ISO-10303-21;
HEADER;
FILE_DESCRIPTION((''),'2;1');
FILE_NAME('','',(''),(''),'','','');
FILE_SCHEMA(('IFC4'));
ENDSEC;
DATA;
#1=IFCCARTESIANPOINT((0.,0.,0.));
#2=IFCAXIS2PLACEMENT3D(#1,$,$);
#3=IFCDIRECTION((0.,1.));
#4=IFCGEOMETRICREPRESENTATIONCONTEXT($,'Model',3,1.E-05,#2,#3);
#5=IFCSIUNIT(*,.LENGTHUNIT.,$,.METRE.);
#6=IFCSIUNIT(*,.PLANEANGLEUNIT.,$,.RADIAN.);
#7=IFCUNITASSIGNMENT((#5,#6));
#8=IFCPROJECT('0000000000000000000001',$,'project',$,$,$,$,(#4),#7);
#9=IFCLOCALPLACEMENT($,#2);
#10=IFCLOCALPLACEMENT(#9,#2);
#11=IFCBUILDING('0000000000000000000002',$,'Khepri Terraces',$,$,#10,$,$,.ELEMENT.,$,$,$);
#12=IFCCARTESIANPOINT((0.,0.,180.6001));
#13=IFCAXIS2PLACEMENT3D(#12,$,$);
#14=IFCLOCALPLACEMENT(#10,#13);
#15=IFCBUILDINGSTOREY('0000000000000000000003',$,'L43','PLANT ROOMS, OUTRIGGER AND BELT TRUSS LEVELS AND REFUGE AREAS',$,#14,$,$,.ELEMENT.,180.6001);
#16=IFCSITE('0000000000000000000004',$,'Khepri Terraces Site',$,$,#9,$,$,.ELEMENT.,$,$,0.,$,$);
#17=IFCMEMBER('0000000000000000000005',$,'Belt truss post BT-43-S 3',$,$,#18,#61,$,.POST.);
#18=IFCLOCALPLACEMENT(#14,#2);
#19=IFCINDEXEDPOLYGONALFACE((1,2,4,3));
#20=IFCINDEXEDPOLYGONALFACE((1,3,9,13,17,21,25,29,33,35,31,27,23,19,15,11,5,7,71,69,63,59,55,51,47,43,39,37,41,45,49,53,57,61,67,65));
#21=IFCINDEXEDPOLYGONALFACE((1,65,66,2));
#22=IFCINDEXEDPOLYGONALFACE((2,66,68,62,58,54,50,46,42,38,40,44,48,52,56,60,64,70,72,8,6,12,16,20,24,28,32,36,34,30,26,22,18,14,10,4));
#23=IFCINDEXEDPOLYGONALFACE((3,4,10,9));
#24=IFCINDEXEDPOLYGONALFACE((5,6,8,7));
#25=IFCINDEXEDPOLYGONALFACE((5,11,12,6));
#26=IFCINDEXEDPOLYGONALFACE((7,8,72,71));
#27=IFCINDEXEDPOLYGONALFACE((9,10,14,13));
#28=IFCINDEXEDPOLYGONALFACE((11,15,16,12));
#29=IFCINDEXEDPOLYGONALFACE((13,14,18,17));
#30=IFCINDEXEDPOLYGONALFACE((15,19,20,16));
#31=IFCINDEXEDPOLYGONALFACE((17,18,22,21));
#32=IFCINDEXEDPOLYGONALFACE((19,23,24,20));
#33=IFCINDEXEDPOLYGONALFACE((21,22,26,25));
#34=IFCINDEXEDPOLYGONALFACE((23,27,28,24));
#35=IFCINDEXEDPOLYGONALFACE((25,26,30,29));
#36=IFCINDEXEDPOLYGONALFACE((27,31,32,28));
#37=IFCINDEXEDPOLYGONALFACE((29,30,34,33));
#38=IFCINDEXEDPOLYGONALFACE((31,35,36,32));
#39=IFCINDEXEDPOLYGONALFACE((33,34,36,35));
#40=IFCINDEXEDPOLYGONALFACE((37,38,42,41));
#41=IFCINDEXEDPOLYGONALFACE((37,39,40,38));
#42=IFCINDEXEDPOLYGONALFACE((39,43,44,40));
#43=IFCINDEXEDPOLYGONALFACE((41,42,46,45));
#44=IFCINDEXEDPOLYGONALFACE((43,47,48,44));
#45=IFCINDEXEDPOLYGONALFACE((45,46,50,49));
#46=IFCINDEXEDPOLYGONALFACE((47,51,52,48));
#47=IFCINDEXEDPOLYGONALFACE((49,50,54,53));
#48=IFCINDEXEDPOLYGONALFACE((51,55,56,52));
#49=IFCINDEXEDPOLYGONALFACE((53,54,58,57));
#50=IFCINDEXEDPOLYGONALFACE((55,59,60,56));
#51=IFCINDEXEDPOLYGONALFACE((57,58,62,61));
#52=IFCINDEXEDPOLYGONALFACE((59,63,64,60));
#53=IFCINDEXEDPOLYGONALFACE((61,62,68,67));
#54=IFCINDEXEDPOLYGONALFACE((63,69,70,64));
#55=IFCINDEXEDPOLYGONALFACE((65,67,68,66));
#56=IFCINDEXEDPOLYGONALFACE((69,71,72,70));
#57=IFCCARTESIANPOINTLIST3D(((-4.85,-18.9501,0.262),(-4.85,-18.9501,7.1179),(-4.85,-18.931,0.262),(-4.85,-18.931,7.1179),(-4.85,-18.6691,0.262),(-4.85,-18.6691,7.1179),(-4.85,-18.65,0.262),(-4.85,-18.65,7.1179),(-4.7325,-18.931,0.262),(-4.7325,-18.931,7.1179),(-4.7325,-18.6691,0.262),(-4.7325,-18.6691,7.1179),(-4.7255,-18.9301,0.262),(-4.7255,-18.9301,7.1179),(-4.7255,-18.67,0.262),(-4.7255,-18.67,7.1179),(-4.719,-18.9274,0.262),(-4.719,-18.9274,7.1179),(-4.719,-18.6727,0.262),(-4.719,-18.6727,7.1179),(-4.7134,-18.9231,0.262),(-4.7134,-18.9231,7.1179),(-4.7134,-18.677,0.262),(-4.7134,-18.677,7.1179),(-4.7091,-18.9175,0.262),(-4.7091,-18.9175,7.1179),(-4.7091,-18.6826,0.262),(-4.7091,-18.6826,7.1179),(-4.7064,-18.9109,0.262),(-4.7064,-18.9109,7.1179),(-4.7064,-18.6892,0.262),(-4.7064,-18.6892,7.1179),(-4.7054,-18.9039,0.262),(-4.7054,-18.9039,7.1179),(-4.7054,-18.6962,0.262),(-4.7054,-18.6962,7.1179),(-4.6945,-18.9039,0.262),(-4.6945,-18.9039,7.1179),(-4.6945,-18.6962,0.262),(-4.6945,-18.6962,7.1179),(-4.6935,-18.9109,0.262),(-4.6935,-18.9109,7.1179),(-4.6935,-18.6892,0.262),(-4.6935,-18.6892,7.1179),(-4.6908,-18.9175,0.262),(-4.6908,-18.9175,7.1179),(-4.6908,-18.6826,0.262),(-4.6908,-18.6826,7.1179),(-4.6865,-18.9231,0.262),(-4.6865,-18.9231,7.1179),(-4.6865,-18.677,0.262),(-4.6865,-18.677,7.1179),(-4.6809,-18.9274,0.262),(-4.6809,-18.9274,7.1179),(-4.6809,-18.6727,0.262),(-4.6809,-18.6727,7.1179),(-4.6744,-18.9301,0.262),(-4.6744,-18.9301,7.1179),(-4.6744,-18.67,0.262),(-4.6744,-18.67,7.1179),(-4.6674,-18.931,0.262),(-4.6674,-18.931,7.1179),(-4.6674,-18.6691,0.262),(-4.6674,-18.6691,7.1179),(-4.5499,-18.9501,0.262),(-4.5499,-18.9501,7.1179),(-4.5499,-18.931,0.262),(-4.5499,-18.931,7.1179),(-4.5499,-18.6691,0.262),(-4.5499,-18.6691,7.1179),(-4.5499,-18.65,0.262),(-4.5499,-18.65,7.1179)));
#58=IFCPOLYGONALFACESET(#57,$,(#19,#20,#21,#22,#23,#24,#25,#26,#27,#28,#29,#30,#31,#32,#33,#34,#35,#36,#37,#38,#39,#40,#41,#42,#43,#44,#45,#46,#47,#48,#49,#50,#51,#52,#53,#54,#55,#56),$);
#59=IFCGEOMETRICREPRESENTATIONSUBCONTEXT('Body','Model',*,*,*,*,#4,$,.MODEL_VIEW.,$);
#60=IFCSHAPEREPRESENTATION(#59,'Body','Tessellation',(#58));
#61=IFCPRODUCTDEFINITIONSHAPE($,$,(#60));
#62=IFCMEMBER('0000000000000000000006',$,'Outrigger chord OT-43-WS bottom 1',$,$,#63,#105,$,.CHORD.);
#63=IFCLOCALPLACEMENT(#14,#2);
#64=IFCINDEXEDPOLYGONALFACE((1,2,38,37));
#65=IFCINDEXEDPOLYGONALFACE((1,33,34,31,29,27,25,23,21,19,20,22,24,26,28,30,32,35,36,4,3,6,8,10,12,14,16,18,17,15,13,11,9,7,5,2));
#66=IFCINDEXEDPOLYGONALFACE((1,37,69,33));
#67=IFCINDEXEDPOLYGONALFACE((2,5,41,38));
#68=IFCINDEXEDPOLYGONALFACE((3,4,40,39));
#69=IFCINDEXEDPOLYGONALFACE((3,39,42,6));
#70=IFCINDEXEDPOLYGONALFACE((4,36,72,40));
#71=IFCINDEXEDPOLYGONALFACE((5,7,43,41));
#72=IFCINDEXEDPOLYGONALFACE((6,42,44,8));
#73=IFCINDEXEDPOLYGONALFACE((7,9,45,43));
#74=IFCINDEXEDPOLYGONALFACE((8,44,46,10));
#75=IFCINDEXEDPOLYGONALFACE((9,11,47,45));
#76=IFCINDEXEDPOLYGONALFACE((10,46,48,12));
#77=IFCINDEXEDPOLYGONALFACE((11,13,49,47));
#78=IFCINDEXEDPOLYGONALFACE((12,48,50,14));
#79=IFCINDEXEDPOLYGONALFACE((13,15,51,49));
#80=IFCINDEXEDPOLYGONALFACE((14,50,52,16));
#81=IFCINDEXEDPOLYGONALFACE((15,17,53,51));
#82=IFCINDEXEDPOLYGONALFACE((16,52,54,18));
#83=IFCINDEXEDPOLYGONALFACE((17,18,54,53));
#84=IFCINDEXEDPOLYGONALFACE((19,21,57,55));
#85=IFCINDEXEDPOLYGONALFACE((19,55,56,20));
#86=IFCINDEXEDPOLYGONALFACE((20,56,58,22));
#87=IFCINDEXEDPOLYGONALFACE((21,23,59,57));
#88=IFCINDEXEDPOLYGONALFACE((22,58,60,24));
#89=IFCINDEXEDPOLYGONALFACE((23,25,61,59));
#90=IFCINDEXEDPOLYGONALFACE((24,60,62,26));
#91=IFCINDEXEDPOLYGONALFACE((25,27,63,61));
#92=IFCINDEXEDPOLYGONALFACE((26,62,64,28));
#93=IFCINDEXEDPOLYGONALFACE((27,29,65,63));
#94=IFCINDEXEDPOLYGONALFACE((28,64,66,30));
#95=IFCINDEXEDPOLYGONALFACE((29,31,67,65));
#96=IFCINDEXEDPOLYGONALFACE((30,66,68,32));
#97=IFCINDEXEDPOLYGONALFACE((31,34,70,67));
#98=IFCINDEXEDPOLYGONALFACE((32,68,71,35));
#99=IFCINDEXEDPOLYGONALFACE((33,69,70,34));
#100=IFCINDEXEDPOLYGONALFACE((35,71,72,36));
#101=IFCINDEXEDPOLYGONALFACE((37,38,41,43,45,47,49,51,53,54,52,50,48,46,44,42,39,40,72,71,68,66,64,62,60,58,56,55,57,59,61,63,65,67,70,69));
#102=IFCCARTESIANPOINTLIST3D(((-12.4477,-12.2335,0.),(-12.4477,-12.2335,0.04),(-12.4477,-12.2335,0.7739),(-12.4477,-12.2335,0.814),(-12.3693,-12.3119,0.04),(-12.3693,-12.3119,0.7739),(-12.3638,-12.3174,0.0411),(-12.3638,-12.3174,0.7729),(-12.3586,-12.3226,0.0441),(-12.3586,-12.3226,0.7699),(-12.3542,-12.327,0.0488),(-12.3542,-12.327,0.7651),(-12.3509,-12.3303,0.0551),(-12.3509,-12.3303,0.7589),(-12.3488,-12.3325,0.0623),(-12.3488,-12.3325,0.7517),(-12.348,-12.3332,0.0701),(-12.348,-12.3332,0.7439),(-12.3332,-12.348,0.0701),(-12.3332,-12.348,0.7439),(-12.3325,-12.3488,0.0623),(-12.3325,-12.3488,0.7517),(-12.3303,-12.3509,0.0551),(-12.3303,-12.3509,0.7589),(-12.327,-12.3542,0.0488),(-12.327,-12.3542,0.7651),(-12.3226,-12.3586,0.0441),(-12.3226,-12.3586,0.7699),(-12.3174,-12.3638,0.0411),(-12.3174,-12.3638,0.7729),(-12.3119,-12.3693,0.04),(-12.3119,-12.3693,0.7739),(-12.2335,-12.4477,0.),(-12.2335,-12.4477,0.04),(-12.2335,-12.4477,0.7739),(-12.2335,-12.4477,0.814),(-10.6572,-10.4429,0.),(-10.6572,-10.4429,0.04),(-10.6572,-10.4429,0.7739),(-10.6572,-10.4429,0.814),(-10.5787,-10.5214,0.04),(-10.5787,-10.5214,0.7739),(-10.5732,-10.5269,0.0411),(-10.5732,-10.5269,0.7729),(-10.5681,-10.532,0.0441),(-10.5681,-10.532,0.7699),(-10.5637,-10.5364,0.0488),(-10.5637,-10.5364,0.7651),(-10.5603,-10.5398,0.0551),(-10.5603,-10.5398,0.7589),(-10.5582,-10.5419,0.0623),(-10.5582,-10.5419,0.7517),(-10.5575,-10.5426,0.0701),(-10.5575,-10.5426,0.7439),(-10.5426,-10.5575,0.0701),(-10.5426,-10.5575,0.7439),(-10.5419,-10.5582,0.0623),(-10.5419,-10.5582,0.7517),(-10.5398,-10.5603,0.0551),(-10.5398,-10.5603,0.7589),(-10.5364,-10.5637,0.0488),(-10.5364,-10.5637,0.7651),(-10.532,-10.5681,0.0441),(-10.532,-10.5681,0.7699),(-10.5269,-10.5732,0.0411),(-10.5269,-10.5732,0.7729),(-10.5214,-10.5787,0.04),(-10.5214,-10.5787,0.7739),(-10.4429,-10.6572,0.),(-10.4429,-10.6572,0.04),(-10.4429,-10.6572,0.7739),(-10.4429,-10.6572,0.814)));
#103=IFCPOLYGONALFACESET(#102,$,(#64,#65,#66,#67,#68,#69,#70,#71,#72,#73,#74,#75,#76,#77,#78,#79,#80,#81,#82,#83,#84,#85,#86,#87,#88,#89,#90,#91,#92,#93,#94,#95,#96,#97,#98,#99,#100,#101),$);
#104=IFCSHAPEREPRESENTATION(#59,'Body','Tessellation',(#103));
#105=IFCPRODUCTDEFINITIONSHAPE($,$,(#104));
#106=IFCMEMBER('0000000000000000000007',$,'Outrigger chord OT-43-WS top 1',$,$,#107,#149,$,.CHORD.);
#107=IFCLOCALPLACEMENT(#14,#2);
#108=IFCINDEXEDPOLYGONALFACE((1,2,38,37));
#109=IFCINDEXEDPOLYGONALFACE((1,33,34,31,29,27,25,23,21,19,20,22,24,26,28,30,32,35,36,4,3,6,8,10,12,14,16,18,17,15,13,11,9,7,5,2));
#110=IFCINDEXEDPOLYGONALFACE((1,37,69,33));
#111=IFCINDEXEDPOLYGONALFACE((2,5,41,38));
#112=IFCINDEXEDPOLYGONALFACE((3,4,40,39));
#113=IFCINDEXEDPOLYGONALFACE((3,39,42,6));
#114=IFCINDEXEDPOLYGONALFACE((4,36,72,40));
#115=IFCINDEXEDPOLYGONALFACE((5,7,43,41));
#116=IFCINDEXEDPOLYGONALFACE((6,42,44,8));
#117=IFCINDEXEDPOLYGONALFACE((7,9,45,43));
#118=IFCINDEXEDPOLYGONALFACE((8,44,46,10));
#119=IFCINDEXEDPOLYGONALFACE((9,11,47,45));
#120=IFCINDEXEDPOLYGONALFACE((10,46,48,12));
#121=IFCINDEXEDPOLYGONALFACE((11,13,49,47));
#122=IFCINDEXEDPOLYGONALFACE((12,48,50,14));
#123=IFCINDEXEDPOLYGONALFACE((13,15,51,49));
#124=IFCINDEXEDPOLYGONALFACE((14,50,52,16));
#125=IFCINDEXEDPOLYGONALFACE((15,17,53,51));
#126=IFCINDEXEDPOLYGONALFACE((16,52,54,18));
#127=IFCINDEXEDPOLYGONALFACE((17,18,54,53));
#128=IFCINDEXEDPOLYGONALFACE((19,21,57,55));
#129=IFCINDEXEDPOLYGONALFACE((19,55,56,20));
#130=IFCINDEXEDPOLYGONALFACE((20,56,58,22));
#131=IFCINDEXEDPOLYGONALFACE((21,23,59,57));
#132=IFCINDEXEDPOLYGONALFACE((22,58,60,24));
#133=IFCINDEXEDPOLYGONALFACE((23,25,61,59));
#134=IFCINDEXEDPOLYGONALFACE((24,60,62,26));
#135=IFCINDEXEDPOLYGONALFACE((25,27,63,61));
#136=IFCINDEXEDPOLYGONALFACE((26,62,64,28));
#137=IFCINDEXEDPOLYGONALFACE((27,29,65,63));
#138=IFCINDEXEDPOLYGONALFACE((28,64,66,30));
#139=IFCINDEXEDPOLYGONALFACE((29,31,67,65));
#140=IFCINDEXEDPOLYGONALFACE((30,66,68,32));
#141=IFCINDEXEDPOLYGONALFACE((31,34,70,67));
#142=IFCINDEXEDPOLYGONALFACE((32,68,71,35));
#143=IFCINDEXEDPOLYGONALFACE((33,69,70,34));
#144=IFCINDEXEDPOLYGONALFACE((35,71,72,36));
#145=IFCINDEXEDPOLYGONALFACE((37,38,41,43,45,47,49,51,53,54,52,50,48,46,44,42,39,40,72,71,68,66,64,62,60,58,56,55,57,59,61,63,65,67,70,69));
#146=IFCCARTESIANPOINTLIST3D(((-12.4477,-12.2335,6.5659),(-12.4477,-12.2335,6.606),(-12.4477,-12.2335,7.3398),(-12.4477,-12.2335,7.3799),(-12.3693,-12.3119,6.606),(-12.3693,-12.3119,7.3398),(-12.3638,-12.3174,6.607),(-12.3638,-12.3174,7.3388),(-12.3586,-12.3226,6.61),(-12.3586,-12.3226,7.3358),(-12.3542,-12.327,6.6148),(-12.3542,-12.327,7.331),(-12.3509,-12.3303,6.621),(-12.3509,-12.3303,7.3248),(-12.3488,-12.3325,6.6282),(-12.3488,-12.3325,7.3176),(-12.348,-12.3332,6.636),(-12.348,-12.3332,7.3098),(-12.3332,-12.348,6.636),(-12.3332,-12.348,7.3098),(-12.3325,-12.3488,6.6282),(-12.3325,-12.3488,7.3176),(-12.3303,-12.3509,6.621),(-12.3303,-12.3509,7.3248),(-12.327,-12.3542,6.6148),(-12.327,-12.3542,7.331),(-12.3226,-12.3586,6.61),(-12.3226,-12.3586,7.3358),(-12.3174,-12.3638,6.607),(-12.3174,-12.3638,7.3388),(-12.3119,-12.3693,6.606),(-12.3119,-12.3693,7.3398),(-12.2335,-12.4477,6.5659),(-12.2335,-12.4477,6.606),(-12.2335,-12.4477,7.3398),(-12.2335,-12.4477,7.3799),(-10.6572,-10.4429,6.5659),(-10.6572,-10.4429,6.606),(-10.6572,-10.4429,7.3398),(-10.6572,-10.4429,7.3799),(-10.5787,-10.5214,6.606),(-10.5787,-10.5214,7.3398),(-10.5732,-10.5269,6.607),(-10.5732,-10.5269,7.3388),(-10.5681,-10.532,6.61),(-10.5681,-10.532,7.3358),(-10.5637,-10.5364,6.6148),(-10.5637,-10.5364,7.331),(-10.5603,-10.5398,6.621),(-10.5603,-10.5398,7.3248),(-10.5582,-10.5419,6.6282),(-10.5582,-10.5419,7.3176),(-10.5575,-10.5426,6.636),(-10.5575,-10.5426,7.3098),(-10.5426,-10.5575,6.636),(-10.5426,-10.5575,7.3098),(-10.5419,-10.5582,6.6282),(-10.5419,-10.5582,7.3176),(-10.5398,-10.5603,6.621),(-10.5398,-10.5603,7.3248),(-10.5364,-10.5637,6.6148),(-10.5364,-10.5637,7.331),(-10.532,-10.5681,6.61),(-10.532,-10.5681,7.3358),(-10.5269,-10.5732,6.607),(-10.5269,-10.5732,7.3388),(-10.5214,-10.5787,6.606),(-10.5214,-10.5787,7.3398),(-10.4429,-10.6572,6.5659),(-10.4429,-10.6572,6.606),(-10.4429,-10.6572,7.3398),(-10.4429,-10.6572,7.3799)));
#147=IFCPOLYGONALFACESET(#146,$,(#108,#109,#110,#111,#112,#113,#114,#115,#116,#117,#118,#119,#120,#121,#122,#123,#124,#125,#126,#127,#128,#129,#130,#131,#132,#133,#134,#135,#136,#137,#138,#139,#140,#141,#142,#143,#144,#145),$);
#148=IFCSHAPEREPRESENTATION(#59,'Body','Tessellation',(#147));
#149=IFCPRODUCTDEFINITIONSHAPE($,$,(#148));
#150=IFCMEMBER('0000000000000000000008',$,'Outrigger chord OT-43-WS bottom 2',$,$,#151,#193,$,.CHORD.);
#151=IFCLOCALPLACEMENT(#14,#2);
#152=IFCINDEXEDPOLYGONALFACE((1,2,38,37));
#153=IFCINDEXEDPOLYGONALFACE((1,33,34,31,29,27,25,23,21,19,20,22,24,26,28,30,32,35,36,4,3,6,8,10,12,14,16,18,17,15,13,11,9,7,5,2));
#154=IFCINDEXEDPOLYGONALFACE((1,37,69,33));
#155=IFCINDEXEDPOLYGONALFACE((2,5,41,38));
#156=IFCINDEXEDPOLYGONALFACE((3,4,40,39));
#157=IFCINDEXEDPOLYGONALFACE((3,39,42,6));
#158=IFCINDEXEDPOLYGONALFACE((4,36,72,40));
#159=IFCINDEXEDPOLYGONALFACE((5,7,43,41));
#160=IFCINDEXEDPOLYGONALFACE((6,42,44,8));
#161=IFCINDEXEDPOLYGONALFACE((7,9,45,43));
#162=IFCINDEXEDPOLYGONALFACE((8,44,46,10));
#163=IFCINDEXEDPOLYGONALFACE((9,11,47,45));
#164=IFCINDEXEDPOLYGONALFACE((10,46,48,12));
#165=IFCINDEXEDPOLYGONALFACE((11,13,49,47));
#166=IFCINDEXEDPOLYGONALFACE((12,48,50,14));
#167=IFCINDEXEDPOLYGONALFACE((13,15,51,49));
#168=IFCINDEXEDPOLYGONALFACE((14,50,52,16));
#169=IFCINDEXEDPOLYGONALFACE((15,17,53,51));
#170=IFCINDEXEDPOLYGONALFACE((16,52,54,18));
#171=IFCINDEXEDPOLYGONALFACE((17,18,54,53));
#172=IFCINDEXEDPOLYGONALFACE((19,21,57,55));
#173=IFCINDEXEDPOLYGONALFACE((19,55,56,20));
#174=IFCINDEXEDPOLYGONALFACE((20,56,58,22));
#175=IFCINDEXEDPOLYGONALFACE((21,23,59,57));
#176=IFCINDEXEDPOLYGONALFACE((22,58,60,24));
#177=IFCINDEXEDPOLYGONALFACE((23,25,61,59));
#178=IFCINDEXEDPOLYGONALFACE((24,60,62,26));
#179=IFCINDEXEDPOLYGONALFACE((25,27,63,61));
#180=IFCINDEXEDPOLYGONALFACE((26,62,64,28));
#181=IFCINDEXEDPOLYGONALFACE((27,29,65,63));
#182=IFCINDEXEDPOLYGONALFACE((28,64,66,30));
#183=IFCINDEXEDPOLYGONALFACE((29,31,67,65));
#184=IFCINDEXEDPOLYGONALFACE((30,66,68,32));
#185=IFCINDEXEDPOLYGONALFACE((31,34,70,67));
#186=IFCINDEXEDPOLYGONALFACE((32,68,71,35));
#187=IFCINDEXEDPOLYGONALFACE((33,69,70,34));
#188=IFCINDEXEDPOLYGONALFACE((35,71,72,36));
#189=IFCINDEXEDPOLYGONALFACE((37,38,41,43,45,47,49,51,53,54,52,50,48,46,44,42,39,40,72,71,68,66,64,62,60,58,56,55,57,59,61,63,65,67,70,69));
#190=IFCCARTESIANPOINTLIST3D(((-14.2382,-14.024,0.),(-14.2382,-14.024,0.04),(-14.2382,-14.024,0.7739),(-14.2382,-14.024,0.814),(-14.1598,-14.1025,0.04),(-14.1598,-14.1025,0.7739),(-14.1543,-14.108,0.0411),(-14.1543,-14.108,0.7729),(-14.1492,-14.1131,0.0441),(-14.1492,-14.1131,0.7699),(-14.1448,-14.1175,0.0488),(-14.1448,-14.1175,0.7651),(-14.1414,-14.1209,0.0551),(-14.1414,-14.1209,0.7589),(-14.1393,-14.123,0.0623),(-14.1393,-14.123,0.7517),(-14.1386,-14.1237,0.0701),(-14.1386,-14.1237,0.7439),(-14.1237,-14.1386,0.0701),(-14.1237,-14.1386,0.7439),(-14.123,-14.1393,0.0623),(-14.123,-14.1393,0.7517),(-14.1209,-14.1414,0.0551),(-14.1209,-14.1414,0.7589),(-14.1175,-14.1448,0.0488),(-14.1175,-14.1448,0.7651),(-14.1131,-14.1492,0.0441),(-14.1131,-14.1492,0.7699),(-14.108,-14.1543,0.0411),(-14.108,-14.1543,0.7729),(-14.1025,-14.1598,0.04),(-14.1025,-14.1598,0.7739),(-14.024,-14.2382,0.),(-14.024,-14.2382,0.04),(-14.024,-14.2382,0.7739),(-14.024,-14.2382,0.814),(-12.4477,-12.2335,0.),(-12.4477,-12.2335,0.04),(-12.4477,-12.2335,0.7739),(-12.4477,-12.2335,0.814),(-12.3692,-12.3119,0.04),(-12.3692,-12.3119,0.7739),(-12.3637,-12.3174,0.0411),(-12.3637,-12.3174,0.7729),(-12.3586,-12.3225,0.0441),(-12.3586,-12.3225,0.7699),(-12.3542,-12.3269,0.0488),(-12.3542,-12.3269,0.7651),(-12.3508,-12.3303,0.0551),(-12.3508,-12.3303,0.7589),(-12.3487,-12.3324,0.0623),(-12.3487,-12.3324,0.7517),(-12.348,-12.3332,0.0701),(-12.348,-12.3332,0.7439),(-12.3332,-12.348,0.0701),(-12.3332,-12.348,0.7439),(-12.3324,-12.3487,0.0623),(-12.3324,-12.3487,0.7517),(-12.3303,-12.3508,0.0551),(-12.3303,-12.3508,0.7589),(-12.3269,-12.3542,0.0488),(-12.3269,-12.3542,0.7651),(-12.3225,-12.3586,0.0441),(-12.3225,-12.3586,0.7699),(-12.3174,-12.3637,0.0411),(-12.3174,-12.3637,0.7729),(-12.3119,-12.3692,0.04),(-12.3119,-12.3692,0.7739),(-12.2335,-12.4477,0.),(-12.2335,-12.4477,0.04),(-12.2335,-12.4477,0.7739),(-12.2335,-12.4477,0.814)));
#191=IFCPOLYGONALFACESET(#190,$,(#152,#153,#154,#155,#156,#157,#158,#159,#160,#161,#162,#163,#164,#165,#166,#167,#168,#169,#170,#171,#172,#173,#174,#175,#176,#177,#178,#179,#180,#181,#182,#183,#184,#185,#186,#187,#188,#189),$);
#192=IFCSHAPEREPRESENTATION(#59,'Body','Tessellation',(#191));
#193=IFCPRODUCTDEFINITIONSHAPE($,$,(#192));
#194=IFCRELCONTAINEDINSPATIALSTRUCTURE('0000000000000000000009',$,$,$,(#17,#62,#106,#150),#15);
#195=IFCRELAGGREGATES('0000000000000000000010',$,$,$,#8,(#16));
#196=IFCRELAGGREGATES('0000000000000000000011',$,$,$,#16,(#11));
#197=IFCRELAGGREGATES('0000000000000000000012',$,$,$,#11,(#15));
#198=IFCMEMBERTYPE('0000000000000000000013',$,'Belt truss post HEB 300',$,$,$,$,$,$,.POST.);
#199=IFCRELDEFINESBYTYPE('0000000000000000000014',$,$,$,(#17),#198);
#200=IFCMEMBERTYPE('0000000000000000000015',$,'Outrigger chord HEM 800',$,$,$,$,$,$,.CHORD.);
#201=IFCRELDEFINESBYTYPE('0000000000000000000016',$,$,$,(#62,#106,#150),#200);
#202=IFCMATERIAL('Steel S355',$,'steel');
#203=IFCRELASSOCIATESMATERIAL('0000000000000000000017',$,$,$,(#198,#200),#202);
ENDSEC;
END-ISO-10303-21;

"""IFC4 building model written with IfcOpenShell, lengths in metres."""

from ifc_helpers import new_model, si_unit, direction, frame, origin, origin_2d, place, context, subcontext, project, spatial, i_section, extrude, material, material_profile, profile_set, type_object, element, save


model = new_model("IFC4")

# Units and contexts
model_context = context("Model", 3, precision=1e-05, world=origin(), true_north=direction((0.0, 1.0)))
body_context = subcontext(model_context, "Body", "Model", "MODEL_VIEW")
ifc_project = project(units=[si_unit("LENGTHUNIT", "METRE"), si_unit("PLANEANGLEUNIT", "RADIAN")], contexts=[model_context])

# Site, building, storey
site_placement = place(None, origin())
site = spatial("IfcSite", under=ifc_project, at=site_placement, Name="Khepri Terraces Site", CompositionType="ELEMENT", RefElevation=0.0)
building_placement = place(site_placement, origin())
building = spatial("IfcBuilding", under=site, at=building_placement, Name="Khepri Terraces", CompositionType="ELEMENT")
storey_placement = place(building_placement, frame((0.0, 0.0, 180.6001)))
storey = spatial("IfcBuildingStorey", under=building, at=storey_placement, Name="L43", Description="PLANT ROOMS, OUTRIGGER AND BELT TRUSS LEVELS AND REFUGE AREAS", CompositionType="ELEMENT", Elevation=180.6001)

# Members
ifc_material_1 = material(Name="Steel S355", Category="steel")
ifc_material_profile_1 = material_profile(ifc_material_1, i_section(OverallWidth=0.3, OverallDepth=0.3, WebThickness=0.011, FlangeThickness=0.019, FilletRadius=0.0271, at=origin_2d()), Name="Steel S355", Category="steel")
ifc_profile_set_1 = profile_set([ifc_material_profile_1], Name="Steel S355")
member_type_1 = type_object("IfcMemberType", Name="Belt truss post HEB 300", PredefinedType="POST", material=ifc_profile_set_1)
for number, where, z_axis, x_axis, name in (
    (1, (-4.7, -18.8, 0.262), (0.0, 0.0, 1.0), (1.0, 0.0, 0.0), "Belt truss post BT-43-S 3"),
):
    element("IfcMember", number, at=place(storey_placement, frame(where, z_axis=z_axis, x_axis=x_axis)), inside=storey, type_object=member_type_1, Name=name, PredefinedType="POST", context=body_context, shape_type="SweptSolid", body=[
        extrude(i_section(OverallWidth=0.3, OverallDepth=0.3, WebThickness=0.011, FlangeThickness=0.019, FilletRadius=0.0271, at=origin_2d()), origin(), (0.0, 0.0, 1.0), 6.856),
    ])
ifc_material_profile_2 = material_profile(ifc_material_1, i_section(OverallWidth=0.303, OverallDepth=0.814, WebThickness=0.021, FlangeThickness=0.04, FilletRadius=0.03, at=origin_2d()), Name="Steel S355", Category="steel")
ifc_profile_set_2 = profile_set([ifc_material_profile_2], Name="Steel S355")
member_type_2 = type_object("IfcMemberType", Name="Outrigger chord HEM 800", PredefinedType="CHORD", material=ifc_profile_set_2)
for number, where, z_axis, x_axis, name in (
    (2, (-10.55, -10.55, 0.407), (-0.707107, -0.707107, 0.0), (0.707107, -0.707107, 0.0), "Outrigger chord OT-43-WS bottom 1"),
    (3, (-10.55, -10.55, 6.9729), (-0.707107, -0.707107, 0.0), (0.707107, -0.707107, 0.0), "Outrigger chord OT-43-WS top 1"),
    (4, (-12.3406, -12.3406, 0.407), (-0.707107, -0.707107, 0.0), (0.707107, -0.707107, 0.0), "Outrigger chord OT-43-WS bottom 2"),
):
    element("IfcMember", number, at=place(storey_placement, frame(where, z_axis=z_axis, x_axis=x_axis)), inside=storey, type_object=member_type_2, Name=name, PredefinedType="CHORD", context=body_context, shape_type="SweptSolid", body=[
        extrude(i_section(OverallWidth=0.303, OverallDepth=0.814, WebThickness=0.021, FlangeThickness=0.04, FilletRadius=0.03, at=origin_2d()), origin(), (0.0, 0.0, 1.0), 2.5322),
    ])

save(model, "model.ifc")
